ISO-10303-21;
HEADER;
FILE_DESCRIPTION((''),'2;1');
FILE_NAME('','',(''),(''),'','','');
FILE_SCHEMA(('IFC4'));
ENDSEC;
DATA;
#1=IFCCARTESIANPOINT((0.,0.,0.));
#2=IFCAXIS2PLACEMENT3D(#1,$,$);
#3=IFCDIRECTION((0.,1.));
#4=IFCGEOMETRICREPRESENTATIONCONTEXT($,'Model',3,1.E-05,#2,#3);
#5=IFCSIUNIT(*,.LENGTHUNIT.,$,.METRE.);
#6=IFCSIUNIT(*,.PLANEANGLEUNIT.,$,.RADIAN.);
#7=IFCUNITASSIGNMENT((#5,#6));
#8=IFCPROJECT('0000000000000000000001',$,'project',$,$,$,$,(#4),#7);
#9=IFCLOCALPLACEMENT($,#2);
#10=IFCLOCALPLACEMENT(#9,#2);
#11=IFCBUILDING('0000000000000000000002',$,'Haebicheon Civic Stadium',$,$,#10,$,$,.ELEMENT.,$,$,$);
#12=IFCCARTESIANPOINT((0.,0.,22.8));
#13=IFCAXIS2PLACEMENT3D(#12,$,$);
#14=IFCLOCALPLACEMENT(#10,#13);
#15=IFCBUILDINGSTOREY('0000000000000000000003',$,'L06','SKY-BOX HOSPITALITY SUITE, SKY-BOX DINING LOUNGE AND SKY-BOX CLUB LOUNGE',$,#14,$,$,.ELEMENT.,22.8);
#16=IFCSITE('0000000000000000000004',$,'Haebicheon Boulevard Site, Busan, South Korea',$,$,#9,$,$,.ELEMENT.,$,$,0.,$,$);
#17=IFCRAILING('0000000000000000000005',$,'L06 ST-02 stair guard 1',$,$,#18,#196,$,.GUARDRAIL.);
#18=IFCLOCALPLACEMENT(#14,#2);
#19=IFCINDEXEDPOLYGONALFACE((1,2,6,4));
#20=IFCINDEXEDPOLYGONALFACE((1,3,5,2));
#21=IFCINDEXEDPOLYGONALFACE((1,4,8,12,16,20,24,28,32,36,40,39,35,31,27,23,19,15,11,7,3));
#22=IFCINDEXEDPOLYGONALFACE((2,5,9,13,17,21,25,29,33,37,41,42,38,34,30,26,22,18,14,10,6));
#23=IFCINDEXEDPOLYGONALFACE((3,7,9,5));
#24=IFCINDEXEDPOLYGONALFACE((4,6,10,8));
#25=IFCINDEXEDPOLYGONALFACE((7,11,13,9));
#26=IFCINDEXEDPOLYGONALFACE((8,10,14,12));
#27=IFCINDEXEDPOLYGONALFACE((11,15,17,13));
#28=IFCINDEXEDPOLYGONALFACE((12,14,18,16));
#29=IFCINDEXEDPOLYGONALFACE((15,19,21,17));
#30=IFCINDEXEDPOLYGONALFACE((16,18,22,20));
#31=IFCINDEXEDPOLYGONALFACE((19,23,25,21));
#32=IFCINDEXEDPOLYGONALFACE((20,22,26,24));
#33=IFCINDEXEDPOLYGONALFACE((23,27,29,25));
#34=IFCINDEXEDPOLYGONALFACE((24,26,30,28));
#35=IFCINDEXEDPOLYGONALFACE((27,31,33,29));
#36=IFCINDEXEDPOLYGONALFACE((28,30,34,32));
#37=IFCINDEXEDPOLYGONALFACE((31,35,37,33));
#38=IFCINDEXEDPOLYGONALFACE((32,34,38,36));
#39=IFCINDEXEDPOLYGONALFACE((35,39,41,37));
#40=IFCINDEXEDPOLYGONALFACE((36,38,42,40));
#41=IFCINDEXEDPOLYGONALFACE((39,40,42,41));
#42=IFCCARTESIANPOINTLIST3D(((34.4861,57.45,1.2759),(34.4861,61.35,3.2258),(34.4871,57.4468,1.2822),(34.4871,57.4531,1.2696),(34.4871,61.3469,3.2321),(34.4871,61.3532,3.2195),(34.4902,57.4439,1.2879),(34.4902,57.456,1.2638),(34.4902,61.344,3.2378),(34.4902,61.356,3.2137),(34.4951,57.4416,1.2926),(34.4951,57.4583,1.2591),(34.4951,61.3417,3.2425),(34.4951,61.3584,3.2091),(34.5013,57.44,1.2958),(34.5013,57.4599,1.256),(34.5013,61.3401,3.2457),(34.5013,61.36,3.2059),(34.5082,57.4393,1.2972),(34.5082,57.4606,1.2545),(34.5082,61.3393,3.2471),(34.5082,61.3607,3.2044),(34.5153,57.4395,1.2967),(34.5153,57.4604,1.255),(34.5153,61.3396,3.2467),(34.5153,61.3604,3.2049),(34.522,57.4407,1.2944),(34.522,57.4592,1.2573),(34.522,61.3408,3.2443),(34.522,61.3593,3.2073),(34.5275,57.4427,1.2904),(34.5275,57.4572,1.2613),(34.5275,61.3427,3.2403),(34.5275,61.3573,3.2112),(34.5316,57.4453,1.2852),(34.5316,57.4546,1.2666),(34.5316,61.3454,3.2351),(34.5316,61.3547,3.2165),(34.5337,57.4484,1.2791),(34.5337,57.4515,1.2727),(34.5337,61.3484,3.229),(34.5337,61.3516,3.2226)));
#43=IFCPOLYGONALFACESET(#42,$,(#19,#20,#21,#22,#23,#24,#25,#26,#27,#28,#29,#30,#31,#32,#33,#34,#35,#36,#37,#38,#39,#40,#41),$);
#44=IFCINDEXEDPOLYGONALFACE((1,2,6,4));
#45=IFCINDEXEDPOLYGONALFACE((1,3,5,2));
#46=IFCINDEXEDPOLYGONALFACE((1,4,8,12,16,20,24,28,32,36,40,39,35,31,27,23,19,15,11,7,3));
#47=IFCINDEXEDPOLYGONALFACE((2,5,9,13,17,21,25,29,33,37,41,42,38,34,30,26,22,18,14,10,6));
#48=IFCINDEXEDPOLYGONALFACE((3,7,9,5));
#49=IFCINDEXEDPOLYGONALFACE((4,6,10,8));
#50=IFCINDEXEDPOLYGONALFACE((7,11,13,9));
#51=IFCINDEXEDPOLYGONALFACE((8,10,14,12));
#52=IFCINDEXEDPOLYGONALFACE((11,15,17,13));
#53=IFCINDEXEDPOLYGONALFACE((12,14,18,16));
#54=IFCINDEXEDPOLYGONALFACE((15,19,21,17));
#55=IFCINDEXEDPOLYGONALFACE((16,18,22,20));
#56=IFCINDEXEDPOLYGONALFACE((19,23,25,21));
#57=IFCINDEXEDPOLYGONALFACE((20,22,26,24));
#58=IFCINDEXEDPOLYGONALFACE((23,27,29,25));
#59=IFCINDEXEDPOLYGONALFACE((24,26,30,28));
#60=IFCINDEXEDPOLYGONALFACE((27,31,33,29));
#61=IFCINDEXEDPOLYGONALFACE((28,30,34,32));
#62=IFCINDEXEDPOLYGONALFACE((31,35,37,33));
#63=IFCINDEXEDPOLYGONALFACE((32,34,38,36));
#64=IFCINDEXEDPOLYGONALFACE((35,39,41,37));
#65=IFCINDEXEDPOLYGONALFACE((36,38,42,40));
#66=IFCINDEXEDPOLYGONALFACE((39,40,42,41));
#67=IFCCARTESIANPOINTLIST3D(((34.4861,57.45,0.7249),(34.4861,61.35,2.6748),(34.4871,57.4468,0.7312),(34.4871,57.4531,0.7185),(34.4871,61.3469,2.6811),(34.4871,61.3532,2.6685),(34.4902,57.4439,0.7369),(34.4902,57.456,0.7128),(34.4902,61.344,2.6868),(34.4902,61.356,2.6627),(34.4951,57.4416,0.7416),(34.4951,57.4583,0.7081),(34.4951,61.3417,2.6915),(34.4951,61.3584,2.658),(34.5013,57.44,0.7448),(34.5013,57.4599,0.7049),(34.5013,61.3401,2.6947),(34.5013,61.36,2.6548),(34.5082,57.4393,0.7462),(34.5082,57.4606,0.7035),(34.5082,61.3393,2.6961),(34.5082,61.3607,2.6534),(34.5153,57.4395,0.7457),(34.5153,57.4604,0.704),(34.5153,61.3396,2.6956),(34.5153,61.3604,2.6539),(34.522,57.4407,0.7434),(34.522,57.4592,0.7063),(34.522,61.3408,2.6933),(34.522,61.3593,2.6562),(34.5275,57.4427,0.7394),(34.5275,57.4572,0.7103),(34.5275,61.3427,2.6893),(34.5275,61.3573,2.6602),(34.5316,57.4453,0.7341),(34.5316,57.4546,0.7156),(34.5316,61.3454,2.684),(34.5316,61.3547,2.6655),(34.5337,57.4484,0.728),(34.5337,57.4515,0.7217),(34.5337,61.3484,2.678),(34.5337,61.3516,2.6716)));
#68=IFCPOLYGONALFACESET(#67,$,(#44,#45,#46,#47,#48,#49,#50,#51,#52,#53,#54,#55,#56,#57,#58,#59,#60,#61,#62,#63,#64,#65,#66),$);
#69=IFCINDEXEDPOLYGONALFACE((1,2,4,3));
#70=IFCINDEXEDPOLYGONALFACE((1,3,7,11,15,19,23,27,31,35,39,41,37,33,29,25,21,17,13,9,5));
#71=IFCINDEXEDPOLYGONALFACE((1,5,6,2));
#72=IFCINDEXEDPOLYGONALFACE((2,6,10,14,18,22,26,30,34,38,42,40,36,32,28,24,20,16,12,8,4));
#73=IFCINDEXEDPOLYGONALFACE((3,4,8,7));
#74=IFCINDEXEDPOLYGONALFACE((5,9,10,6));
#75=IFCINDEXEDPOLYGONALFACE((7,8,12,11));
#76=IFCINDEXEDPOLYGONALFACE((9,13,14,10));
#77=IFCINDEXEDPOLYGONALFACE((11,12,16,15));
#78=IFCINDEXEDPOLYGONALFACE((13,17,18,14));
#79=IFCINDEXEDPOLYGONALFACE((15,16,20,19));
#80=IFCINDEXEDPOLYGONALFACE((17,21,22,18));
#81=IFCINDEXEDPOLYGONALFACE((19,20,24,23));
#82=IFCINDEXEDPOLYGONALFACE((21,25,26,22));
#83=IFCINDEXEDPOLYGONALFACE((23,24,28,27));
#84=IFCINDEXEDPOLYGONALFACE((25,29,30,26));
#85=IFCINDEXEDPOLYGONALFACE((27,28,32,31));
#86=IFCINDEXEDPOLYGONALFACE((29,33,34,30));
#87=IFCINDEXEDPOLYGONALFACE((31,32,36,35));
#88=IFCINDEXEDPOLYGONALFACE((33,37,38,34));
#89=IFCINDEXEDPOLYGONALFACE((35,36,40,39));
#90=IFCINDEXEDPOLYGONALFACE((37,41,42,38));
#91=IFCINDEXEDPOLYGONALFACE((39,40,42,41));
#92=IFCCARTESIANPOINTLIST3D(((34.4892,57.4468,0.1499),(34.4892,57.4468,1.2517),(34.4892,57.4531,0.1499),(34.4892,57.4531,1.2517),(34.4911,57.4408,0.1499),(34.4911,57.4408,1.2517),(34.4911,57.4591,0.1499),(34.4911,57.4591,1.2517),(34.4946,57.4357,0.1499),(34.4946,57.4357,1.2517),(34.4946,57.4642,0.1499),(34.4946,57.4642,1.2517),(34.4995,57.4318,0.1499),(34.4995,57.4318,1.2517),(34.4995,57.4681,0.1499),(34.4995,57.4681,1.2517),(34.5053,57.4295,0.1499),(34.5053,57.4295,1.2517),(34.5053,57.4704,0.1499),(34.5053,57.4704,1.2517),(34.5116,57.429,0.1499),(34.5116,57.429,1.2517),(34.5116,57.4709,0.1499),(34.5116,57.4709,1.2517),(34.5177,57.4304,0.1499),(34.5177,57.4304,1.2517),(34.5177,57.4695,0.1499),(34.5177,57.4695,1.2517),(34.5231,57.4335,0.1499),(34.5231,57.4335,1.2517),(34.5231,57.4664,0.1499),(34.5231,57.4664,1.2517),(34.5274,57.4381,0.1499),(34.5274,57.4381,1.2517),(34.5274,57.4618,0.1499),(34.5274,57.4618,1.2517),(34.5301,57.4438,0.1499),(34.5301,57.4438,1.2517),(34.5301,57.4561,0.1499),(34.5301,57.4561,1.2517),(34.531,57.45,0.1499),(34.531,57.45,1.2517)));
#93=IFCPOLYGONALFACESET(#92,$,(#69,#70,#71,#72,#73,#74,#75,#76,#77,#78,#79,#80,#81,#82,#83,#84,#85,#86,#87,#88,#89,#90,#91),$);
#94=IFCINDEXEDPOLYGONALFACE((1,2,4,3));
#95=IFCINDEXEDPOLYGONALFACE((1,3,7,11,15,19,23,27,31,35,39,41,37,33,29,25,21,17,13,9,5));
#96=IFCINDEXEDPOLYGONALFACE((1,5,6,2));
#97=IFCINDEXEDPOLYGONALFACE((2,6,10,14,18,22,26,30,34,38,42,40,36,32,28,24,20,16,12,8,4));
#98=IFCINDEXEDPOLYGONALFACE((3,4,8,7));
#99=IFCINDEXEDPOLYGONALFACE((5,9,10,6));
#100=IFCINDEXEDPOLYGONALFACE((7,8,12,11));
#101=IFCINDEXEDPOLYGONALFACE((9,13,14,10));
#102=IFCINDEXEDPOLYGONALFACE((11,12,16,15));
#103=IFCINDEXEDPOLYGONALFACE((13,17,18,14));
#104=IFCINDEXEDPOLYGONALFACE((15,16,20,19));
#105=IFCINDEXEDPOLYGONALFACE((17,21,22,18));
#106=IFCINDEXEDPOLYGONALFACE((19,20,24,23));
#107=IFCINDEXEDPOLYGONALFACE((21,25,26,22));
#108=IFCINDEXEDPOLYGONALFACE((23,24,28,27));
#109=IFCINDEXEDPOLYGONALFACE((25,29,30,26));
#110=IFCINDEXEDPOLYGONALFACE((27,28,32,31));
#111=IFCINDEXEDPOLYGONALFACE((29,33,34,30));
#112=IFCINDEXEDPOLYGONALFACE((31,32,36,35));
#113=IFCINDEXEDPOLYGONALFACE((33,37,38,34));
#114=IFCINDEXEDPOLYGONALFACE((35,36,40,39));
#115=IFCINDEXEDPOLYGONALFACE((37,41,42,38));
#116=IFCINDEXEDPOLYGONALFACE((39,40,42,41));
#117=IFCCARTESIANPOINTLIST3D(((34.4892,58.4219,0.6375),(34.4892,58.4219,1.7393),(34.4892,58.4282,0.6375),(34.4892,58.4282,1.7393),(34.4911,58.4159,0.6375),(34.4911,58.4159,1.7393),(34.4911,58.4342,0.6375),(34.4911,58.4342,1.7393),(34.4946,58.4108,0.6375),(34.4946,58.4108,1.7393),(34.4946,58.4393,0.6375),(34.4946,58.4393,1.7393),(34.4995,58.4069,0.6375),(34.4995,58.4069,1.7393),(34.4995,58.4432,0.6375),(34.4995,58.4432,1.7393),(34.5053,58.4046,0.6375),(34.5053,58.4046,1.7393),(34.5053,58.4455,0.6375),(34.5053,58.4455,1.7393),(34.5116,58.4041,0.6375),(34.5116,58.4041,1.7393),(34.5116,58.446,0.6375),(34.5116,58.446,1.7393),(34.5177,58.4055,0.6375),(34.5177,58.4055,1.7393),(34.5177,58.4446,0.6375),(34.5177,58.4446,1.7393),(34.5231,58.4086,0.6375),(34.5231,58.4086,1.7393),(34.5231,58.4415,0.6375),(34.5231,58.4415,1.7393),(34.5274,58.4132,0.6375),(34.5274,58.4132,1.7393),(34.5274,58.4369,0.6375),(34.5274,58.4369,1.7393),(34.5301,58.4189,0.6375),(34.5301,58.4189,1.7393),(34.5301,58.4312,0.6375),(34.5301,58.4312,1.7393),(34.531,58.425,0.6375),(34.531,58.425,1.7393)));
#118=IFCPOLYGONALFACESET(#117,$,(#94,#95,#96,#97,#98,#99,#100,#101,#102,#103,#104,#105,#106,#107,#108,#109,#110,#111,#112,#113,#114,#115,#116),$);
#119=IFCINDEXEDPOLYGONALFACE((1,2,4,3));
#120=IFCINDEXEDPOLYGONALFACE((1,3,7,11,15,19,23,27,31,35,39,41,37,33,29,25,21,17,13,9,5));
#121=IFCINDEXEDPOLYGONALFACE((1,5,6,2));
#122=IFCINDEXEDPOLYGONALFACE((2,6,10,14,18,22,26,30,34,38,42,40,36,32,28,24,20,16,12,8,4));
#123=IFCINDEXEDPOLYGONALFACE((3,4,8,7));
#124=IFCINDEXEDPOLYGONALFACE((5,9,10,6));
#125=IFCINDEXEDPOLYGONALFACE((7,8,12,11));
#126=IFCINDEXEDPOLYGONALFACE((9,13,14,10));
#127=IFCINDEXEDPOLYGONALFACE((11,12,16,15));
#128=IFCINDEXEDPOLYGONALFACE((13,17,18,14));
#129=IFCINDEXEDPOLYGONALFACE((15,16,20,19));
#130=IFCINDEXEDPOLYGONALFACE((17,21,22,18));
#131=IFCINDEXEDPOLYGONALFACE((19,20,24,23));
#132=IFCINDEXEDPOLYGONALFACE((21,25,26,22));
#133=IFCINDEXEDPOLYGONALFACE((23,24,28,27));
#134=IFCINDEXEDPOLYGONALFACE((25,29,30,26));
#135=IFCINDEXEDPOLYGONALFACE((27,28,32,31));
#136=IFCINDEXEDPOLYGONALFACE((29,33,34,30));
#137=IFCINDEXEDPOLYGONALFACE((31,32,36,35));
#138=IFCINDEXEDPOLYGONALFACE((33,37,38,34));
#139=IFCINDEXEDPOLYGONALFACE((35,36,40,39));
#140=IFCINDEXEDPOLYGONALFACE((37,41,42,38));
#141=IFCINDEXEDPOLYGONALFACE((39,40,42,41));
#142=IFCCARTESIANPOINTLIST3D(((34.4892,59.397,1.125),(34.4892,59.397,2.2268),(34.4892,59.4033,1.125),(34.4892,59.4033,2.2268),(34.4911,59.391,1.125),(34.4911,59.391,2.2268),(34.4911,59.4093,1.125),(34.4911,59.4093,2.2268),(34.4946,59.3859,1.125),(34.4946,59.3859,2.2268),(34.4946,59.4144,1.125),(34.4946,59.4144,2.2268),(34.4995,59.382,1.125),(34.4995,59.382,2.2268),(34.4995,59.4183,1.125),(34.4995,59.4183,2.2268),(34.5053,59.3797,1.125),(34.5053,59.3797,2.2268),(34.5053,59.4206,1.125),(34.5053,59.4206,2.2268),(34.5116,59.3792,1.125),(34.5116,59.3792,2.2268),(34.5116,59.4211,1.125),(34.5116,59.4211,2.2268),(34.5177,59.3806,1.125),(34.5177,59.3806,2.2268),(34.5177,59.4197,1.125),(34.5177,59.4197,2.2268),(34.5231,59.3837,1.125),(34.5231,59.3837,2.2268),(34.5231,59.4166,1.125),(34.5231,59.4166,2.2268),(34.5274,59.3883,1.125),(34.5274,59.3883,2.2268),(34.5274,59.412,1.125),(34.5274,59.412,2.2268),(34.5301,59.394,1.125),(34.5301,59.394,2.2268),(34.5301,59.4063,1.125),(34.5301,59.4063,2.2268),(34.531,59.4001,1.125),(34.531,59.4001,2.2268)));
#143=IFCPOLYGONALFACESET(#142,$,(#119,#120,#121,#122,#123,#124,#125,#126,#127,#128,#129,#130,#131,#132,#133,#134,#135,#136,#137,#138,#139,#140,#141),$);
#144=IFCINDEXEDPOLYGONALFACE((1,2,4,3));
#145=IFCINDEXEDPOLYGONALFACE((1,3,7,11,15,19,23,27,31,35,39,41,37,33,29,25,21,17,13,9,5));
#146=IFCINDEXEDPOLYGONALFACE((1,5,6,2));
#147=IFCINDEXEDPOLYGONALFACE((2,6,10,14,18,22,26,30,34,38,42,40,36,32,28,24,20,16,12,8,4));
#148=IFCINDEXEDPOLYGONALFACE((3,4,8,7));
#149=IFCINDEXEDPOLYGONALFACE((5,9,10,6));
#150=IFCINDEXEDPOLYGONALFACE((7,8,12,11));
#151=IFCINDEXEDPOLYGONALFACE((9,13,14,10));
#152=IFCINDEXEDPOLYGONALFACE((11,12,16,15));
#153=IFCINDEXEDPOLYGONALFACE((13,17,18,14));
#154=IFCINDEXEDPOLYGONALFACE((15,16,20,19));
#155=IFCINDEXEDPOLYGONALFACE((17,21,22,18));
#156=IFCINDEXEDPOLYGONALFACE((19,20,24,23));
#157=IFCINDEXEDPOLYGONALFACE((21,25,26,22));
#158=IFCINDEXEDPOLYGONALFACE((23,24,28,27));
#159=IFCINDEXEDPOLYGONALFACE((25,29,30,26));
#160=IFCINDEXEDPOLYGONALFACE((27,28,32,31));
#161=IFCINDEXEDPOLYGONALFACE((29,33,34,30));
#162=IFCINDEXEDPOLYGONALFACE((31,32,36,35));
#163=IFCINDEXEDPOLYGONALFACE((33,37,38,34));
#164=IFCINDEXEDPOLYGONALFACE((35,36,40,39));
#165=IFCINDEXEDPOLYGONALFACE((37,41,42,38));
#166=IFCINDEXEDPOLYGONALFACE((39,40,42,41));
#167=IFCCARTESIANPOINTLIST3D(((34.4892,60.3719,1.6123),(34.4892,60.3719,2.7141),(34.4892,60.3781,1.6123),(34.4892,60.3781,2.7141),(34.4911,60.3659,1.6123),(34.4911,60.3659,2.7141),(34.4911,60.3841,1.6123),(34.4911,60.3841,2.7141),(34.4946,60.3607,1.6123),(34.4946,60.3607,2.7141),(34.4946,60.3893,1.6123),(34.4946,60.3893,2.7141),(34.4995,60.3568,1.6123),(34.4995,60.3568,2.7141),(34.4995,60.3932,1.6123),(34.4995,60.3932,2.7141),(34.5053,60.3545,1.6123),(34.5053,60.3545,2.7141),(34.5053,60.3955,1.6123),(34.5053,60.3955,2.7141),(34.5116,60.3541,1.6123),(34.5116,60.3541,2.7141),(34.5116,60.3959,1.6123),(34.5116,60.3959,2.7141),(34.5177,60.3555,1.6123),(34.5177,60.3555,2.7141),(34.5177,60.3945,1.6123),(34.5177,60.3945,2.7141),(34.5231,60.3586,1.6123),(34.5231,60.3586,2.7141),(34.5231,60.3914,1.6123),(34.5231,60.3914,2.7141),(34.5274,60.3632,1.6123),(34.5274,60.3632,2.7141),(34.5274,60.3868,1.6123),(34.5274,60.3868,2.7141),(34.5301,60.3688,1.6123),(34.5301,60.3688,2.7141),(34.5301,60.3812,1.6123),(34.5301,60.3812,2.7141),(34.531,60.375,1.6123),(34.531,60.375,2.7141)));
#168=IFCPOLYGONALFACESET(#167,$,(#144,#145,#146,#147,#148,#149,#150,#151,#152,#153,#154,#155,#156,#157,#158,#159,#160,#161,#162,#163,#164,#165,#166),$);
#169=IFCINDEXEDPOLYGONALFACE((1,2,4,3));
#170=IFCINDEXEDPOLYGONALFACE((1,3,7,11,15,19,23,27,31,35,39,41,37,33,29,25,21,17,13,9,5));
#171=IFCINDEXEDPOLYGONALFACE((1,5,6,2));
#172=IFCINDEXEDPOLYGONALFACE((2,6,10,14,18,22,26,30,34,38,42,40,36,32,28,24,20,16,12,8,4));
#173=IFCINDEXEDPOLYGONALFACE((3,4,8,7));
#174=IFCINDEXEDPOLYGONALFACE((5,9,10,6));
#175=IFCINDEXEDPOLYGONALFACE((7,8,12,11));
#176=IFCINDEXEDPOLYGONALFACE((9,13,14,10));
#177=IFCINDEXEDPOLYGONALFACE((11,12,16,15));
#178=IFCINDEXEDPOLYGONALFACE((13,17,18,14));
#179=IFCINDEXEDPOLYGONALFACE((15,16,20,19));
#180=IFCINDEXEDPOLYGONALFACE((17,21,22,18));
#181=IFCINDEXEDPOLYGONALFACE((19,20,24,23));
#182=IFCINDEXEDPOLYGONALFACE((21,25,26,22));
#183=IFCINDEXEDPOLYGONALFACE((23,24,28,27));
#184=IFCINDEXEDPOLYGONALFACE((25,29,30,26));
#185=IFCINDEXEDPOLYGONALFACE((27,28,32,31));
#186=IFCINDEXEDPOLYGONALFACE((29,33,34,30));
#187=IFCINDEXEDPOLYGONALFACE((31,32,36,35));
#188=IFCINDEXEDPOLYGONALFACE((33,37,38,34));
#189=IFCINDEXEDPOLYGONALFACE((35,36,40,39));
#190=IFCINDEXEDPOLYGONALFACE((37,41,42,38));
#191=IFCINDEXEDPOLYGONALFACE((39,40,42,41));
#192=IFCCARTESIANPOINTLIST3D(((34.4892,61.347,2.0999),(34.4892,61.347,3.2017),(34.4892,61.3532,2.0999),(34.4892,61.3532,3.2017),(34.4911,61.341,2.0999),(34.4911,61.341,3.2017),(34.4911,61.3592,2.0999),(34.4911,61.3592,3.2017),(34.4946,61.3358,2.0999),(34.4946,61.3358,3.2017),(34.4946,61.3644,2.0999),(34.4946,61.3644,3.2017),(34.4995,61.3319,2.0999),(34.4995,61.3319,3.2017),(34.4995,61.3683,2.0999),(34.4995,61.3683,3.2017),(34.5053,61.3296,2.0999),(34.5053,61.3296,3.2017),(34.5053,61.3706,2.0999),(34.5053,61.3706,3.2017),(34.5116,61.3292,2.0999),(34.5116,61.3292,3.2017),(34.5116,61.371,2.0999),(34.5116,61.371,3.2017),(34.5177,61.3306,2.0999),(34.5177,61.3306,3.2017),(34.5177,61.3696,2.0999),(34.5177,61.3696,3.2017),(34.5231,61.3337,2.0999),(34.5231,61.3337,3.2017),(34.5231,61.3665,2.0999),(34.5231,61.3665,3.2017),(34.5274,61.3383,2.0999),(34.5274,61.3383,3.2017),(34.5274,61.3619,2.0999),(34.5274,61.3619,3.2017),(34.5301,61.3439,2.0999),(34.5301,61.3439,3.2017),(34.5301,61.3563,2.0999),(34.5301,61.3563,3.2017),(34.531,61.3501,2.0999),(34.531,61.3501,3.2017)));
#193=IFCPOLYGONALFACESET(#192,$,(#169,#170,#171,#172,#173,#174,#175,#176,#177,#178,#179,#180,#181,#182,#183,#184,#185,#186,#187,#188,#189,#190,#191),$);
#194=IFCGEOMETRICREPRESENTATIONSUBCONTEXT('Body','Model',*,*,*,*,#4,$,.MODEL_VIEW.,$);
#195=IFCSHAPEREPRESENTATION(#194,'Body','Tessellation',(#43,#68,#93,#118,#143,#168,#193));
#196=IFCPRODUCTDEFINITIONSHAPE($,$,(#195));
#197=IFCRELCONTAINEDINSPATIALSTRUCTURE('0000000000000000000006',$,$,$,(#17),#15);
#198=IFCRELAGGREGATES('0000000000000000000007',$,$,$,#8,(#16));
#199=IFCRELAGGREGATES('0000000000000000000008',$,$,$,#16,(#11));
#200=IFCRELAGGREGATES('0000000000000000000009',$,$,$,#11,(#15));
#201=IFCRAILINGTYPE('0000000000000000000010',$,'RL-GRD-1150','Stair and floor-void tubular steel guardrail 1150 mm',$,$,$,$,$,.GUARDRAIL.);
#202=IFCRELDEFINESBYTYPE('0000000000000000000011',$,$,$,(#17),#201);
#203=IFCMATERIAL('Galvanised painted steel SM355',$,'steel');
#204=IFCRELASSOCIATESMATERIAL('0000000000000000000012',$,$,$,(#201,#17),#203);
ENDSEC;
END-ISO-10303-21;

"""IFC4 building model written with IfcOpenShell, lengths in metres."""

from ifc_helpers import new_model, si_unit, direction, frame, origin, origin_2d, place, context, subcontext, project, spatial, circle, extrude, material, type_object, element, save


model = new_model("IFC4")

# Units and contexts
model_context = context("Model", 3, precision=1e-05, world=origin(), true_north=direction((0.0, 1.0)))
body_context = subcontext(model_context, "Body", "Model", "MODEL_VIEW")
ifc_project = project(units=[si_unit("LENGTHUNIT", "METRE"), si_unit("PLANEANGLEUNIT", "RADIAN")], contexts=[model_context])

# Site, building, storey
site_placement = place(None, origin())
site = spatial("IfcSite", under=ifc_project, at=site_placement, Name="Haebicheon Boulevard Site, Busan, South Korea", CompositionType="ELEMENT", RefElevation=0.0)
building_placement = place(site_placement, origin())
building = spatial("IfcBuilding", under=site, at=building_placement, Name="Haebicheon Civic Stadium", CompositionType="ELEMENT")
storey_placement = place(building_placement, frame((0.0, 0.0, 22.8)))
storey = spatial("IfcBuildingStorey", under=building, at=storey_placement, Name="L06", Description="SKY-BOX HOSPITALITY SUITE, SKY-BOX DINING LOUNGE AND SKY-BOX CLUB LOUNGE", CompositionType="ELEMENT", Elevation=22.8)

# Railing
ifc_material_1 = material(Name="Galvanised painted steel SM355", Category="steel")
railing_type_1 = type_object("IfcRailingType", Name="RL-GRD-1150", Description="Stair and floor-void tubular steel guardrail 1150 mm", PredefinedType="GUARDRAIL", material=ifc_material_1)
railing_1_placement = place(storey_placement, frame((34.51, 57.45, 0.1499)))
element("IfcRailing", 1, at=railing_1_placement, inside=storey, type_object=railing_type_1, material=ifc_material_1, Name="L06 ST-02 stair guard 1", PredefinedType="GUARDRAIL", context=body_context, shape_type="SweptSolid", body=[
    extrude(circle(Radius=0.0239, at=origin_2d()), frame((0.0, 0.0, 1.126), z_axis=(0.0, 0.894438, 0.447191), x_axis=(-1.0, 0.0, 0.0)), (0.0, 0.0, 1.0), 4.3604),
    extrude(circle(Radius=0.0239, at=origin_2d()), frame((0.0, 0.0, 0.575), z_axis=(0.0, 0.894438, 0.447191), x_axis=(-1.0, 0.0, 0.0)), (0.0, 0.0, 1.0), 4.3604),
    extrude(circle(Radius=0.021, at=origin_2d()), origin(), (0.0, 0.0, 1.0), 1.1018),
    extrude(circle(Radius=0.021, at=origin_2d()), frame((0.0, 0.9751, 0.4875)), (0.0, 0.0, 1.0), 1.1018),
    extrude(circle(Radius=0.021, at=origin_2d()), frame((0.0, 1.9502, 0.9751)), (0.0, 0.0, 1.0), 1.1018),
    extrude(circle(Radius=0.021, at=origin_2d()), frame((0.0, 2.925, 1.4624)), (0.0, 0.0, 1.0), 1.1018),
    extrude(circle(Radius=0.021, at=origin_2d()), frame((0.0, 3.9001, 1.95)), (0.0, 0.0, 1.0), 1.1018),
])

save(model, "model.ifc")
